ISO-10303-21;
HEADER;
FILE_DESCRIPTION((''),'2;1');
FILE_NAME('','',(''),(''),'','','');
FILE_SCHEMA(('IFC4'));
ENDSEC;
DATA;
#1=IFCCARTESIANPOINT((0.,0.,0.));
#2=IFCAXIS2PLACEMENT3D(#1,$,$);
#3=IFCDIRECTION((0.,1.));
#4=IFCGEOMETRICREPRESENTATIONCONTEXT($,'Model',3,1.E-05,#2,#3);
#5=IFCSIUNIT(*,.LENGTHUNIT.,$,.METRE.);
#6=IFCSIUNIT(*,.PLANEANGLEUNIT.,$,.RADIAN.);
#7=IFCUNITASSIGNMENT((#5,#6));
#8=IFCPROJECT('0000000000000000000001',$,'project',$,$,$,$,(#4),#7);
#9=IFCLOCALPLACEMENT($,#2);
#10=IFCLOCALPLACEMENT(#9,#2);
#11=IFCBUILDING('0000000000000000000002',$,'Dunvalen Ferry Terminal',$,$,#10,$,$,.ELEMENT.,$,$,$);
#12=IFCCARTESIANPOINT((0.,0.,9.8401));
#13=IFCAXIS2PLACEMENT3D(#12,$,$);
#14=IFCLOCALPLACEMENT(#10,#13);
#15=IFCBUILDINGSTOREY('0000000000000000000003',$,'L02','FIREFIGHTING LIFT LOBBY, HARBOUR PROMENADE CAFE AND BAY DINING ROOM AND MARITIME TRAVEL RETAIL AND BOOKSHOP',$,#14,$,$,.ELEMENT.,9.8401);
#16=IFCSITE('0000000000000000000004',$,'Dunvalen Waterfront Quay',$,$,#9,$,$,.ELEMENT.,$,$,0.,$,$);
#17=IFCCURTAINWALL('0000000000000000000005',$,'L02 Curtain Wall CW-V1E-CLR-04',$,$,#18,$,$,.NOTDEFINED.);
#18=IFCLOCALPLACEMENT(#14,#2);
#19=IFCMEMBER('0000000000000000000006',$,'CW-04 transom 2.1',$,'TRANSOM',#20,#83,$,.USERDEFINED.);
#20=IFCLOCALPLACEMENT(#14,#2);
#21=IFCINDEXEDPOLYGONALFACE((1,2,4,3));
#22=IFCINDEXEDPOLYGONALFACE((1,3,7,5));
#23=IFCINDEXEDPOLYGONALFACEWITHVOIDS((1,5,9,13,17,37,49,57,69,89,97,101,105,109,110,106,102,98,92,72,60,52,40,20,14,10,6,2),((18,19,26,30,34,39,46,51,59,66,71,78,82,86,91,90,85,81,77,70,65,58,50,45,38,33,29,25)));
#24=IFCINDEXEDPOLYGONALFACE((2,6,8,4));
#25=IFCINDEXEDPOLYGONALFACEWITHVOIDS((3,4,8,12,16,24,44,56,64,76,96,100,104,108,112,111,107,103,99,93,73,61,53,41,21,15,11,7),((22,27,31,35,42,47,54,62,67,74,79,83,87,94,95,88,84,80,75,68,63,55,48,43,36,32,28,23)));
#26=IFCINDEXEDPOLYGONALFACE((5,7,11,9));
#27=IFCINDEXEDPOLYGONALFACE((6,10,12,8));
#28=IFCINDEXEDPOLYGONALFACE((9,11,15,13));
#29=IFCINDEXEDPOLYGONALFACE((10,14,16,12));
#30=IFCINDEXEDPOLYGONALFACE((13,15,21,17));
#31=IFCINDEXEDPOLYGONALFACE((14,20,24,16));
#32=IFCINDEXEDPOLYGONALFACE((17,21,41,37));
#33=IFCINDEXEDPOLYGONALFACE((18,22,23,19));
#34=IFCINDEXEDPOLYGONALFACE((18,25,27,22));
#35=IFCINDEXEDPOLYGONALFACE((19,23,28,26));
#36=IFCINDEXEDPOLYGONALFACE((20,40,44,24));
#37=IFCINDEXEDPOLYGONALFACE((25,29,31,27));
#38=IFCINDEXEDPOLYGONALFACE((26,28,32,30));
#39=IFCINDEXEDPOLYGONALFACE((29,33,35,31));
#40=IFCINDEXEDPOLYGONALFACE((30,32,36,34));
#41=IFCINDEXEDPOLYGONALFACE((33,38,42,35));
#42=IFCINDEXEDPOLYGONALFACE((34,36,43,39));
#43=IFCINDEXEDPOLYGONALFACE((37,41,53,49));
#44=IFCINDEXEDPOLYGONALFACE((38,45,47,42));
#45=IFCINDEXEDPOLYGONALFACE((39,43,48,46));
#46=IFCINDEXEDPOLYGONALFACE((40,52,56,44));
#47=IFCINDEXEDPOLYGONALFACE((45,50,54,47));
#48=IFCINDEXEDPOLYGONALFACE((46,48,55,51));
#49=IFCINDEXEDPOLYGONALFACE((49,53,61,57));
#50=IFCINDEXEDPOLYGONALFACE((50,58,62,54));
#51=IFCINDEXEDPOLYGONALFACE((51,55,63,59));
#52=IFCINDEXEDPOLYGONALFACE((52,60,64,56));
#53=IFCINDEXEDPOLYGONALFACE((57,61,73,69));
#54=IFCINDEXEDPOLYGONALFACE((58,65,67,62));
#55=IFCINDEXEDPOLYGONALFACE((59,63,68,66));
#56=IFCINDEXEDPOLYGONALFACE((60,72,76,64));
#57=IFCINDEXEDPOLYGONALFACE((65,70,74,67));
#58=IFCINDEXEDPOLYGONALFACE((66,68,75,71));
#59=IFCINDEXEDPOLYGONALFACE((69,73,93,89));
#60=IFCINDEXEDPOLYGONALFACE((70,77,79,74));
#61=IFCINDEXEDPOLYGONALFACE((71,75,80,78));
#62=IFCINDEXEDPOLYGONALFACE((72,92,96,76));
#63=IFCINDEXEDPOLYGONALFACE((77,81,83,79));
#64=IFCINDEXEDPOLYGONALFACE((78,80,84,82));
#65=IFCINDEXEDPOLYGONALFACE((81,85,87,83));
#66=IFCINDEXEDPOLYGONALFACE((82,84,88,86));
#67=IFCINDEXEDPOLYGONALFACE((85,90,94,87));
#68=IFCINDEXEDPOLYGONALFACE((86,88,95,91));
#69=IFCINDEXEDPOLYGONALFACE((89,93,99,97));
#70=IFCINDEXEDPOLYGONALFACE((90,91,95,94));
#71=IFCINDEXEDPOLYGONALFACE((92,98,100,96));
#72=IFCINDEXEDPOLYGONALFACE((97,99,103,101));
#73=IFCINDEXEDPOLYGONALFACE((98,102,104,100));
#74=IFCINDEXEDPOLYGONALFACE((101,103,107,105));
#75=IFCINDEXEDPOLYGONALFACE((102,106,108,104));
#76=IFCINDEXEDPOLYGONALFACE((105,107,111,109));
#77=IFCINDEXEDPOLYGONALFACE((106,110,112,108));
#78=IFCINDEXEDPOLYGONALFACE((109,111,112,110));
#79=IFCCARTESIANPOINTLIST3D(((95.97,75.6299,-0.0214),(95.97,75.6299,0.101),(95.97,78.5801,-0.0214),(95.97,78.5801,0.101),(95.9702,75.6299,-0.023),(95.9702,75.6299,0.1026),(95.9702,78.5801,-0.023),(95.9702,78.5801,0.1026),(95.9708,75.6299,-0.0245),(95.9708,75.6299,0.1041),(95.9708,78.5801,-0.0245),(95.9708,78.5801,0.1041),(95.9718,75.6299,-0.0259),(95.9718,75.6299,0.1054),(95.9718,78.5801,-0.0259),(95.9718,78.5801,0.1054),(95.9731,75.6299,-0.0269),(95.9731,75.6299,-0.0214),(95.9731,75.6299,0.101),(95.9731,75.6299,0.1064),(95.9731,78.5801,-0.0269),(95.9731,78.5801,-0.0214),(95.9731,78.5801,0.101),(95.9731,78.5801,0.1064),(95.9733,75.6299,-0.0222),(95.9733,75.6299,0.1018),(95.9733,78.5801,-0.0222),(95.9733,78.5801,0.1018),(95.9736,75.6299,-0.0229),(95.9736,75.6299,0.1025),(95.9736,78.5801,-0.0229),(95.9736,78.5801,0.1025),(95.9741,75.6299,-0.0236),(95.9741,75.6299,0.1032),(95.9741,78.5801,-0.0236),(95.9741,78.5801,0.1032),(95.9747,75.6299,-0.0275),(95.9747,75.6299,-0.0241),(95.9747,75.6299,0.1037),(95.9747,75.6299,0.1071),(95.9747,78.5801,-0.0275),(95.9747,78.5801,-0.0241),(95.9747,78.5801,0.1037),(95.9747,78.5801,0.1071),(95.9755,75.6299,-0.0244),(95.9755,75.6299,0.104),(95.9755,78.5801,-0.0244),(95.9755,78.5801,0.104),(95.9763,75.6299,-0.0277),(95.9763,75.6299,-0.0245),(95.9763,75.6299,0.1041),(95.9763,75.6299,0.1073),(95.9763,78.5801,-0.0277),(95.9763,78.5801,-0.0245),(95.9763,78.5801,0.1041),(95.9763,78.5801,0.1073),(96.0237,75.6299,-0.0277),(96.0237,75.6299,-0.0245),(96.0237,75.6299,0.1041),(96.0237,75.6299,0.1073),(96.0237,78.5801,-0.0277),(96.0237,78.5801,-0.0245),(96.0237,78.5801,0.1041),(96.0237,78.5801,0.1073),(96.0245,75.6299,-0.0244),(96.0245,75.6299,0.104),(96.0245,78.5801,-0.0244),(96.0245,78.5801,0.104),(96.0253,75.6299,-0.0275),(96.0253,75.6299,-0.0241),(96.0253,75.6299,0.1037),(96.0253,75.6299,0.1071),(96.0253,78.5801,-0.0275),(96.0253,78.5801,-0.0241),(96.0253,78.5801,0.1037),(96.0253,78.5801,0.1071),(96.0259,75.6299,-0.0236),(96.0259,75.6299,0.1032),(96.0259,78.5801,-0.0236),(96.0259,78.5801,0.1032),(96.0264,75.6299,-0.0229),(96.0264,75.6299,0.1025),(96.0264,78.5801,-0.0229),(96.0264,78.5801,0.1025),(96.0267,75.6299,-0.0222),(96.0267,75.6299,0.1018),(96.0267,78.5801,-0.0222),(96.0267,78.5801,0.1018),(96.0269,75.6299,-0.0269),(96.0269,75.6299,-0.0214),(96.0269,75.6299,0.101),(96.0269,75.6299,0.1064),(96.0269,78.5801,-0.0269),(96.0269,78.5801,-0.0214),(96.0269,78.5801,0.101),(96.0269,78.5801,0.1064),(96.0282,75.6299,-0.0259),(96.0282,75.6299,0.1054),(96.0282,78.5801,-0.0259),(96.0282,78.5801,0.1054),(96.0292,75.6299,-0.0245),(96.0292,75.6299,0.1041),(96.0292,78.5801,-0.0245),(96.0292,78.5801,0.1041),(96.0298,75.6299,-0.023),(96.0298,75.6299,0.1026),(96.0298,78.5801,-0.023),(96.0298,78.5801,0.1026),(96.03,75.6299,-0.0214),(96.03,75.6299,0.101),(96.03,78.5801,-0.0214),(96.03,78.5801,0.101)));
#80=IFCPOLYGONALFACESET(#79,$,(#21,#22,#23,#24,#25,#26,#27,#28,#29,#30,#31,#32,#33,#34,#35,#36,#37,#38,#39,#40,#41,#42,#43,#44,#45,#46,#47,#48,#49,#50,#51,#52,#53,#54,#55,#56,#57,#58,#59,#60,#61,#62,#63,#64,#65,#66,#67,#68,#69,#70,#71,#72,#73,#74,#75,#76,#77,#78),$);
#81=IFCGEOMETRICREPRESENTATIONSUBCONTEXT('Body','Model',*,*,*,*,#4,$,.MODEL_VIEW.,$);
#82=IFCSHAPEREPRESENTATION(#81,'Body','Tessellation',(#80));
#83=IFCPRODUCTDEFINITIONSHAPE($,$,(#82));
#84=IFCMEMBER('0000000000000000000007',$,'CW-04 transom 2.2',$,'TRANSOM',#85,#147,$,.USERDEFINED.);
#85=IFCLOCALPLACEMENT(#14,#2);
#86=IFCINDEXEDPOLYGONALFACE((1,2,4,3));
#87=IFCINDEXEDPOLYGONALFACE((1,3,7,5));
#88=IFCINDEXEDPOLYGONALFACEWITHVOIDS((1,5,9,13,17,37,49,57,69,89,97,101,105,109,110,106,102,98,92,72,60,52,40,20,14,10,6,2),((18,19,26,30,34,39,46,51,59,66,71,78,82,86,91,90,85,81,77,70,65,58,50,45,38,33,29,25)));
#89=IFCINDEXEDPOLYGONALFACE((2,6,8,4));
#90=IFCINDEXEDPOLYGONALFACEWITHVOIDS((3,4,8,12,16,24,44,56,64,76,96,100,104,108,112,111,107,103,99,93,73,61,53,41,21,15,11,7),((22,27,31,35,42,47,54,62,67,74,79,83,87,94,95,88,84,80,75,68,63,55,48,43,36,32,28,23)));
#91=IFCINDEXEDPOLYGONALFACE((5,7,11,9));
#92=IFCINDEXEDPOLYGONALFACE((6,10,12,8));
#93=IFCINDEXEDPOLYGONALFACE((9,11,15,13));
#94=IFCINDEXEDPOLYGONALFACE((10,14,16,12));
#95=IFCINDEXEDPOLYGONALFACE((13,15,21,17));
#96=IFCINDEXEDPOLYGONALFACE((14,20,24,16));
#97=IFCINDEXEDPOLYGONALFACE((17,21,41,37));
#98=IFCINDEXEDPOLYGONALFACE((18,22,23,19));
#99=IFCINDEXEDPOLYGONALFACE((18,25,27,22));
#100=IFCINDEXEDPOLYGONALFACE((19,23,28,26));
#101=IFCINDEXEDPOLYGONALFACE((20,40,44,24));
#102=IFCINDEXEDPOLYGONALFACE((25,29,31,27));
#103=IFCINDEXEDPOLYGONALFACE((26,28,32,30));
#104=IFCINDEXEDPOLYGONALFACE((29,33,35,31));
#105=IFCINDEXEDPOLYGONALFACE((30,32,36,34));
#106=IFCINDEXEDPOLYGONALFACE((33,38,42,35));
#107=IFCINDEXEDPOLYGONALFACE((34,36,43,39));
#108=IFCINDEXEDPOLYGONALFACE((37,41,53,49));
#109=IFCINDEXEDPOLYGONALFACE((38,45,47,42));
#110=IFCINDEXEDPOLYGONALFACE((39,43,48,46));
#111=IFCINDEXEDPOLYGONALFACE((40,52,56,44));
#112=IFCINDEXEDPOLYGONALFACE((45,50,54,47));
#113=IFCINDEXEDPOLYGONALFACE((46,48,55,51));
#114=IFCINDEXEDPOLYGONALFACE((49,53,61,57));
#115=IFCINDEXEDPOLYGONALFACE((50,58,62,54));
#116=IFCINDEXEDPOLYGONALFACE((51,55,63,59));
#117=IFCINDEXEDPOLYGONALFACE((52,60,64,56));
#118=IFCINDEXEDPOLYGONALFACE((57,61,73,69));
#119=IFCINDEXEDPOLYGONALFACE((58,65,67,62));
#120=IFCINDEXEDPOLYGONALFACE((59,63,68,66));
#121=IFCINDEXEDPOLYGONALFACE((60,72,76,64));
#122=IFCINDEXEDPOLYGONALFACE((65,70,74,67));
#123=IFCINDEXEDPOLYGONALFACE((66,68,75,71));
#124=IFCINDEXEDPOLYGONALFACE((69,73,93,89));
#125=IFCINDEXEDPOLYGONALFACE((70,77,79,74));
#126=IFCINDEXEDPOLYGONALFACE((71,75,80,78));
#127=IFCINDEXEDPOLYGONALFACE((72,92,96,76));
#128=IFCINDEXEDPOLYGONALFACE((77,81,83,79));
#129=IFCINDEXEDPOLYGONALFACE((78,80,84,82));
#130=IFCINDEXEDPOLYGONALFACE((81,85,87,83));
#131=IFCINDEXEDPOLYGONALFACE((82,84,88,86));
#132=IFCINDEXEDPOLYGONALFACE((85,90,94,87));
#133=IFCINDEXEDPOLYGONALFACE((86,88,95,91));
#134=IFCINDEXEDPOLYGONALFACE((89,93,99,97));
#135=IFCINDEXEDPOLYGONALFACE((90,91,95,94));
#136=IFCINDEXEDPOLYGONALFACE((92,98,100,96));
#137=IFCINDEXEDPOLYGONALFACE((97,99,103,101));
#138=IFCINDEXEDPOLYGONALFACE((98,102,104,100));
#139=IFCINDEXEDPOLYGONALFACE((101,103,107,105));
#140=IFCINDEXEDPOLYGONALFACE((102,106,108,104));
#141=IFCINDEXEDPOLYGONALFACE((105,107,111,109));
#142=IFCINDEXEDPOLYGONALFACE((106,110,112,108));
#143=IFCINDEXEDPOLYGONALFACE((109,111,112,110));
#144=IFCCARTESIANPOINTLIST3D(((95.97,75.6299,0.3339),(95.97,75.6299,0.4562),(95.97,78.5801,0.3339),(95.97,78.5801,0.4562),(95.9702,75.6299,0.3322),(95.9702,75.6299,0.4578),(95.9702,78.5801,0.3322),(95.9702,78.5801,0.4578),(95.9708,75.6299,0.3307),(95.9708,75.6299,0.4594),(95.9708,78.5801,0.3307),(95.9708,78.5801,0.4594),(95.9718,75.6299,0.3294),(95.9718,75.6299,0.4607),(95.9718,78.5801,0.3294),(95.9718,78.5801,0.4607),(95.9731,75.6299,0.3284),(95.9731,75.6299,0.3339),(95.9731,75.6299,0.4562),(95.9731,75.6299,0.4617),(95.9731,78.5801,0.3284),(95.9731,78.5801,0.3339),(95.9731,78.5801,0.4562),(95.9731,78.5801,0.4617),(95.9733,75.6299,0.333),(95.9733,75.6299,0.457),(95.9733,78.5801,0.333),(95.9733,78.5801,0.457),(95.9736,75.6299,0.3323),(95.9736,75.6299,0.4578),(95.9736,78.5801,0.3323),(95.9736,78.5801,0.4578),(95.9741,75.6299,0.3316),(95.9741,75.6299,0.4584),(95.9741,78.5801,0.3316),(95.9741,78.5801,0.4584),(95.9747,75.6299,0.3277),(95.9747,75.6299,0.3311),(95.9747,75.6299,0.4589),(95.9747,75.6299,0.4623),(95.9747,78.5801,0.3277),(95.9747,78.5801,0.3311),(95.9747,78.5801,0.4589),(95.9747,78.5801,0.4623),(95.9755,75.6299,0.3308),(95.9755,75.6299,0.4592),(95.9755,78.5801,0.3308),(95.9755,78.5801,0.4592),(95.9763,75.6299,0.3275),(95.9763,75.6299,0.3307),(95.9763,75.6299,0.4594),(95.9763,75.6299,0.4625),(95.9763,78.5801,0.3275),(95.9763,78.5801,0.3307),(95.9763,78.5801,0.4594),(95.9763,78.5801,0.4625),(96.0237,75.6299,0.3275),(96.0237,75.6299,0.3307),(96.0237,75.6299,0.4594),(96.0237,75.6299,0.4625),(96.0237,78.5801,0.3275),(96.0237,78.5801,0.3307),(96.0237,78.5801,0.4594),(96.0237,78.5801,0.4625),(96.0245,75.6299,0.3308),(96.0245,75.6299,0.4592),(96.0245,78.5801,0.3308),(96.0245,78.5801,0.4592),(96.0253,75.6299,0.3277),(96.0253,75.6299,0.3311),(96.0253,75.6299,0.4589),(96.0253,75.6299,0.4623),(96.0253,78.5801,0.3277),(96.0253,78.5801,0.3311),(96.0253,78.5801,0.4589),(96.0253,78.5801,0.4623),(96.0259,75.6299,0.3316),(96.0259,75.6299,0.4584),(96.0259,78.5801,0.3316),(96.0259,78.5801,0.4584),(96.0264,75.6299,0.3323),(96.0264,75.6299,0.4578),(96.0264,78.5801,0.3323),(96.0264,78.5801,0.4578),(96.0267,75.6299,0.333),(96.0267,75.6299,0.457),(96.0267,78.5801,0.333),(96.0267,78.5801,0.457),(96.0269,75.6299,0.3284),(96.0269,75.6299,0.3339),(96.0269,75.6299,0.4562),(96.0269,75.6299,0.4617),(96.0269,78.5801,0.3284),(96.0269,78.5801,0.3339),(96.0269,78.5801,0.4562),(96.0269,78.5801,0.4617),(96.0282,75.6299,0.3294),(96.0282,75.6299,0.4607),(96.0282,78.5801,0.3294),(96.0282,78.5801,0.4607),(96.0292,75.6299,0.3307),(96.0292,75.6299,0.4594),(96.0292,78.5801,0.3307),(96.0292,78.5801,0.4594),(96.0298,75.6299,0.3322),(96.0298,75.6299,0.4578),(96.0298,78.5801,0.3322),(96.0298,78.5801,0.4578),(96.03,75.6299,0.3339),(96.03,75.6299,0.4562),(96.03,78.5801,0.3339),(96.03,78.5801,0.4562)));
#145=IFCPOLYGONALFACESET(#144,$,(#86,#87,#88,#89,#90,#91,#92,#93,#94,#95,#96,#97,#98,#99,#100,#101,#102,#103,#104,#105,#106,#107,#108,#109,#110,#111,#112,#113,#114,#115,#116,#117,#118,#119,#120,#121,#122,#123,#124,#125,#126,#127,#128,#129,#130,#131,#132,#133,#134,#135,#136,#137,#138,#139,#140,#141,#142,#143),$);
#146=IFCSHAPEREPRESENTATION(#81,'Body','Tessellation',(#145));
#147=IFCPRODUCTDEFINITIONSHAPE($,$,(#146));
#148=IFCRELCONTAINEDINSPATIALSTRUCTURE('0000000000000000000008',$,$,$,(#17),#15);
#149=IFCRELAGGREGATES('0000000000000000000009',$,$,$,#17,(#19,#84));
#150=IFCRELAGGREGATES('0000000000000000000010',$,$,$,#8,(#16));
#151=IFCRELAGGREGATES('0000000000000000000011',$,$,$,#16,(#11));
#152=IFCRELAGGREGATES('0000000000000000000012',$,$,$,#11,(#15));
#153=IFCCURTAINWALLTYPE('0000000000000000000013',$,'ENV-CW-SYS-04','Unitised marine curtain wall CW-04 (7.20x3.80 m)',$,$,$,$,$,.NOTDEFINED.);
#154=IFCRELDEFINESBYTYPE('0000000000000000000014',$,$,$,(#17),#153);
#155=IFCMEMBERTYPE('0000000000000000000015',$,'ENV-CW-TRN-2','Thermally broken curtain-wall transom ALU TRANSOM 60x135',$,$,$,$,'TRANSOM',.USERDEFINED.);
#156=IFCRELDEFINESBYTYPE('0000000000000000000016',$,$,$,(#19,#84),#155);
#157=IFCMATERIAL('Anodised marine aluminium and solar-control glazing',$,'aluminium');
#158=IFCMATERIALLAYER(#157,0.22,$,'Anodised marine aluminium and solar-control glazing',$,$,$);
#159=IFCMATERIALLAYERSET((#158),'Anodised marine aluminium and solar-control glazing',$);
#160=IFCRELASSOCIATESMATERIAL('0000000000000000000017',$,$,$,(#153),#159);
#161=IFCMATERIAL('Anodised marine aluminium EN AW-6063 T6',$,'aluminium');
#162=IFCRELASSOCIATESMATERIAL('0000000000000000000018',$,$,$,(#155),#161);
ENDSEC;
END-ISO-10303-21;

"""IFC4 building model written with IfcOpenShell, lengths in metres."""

from ifc_helpers import new_model, si_unit, direction, frame, origin, origin_2d, place, context, subcontext, project, spatial, hollow_rectangle, extrude, material, layer, layer_set, material_profile, profile_set, type_object, element, aggregate, save


model = new_model("IFC4")

# Units and contexts
model_context = context("Model", 3, precision=1e-05, world=origin(), true_north=direction((0.0, 1.0)))
body_context = subcontext(model_context, "Body", "Model", "MODEL_VIEW")
ifc_project = project(units=[si_unit("LENGTHUNIT", "METRE"), si_unit("PLANEANGLEUNIT", "RADIAN")], contexts=[model_context])

# Site, building, storey
site_placement = place(None, origin())
site = spatial("IfcSite", under=ifc_project, at=site_placement, Name="Dunvalen Waterfront Quay", CompositionType="ELEMENT", RefElevation=0.0)
building_placement = place(site_placement, origin())
building = spatial("IfcBuilding", under=site, at=building_placement, Name="Dunvalen Ferry Terminal", CompositionType="ELEMENT")
storey_placement = place(building_placement, frame((0.0, 0.0, 9.8401)))
storey = spatial("IfcBuildingStorey", under=building, at=storey_placement, Name="L02", Description="FIREFIGHTING LIFT LOBBY, HARBOUR PROMENADE CAFE AND BAY DINING ROOM AND MARITIME TRAVEL RETAIL AND BOOKSHOP", CompositionType="ELEMENT", Elevation=9.8401)

# Curtain wall, members
ifc_material_1 = material(Name="Anodised marine aluminium and solar-control glazing", Category="aluminium")
ifc_layer_1 = layer(ifc_material_1, 0.22, Name="Anodised marine aluminium and solar-control glazing")
ifc_layer_set_1 = layer_set([ifc_layer_1], Name="Anodised marine aluminium and solar-control glazing")
curtain_wall_type = type_object("IfcCurtainWallType", Name="ENV-CW-SYS-04", Description="Unitised marine curtain wall CW-04 (7.20x3.80 m)", PredefinedType="NOTDEFINED", material=ifc_layer_set_1)
curtain_wall_placement = place(storey_placement, origin())
curtain_wall = element("IfcCurtainWall", 1, at=curtain_wall_placement, inside=storey, type_object=curtain_wall_type, Name="L02 Curtain Wall CW-V1E-CLR-04", PredefinedType="NOTDEFINED")
ifc_material_2 = material(Name="Anodised marine aluminium EN AW-6063 T6", Category="aluminium")
ifc_material_profile_1 = material_profile(ifc_material_2, hollow_rectangle(XDim=0.0601, YDim=0.135, WallThickness=0.0032, InnerFilletRadius=0.0032, OuterFilletRadius=0.0063, at=origin_2d()), Name="Anodised marine aluminium EN AW-6063 T6")
ifc_profile_set_1 = profile_set([ifc_material_profile_1], Name="Anodised marine aluminium EN AW-6063 T6")
member_type_1 = type_object("IfcMemberType", Name="ENV-CW-TRN-2", Description="Thermally broken curtain-wall transom ALU TRANSOM 60x135", ElementType="TRANSOM", PredefinedType="USERDEFINED", material=ifc_profile_set_1)
member_1_placement = place(storey_placement, frame((96.0, 75.6299, 0.0398), z_axis=(0.0, 1.0, 0.0), x_axis=(-1.0, 0.0, 0.0)))
member_1 = element("IfcMember", 2, at=member_1_placement, type_object=member_type_1, Name="CW-04 transom 2.1", ObjectType="TRANSOM", PredefinedType="USERDEFINED", context=body_context, shape_type="SweptSolid", body=[
    extrude(hollow_rectangle(XDim=0.0601, YDim=0.135, WallThickness=0.0032, InnerFilletRadius=0.0032, OuterFilletRadius=0.0063, at=origin_2d()), origin(), (0.0, 0.0, 1.0), 2.9502),
])
member_2_placement = place(storey_placement, frame((96.0, 75.6299, 0.395), z_axis=(0.0, 1.0, 0.0), x_axis=(-1.0, 0.0, 0.0)))
member_2 = element("IfcMember", 3, at=member_2_placement, type_object=member_type_1, Name="CW-04 transom 2.2", ObjectType="TRANSOM", PredefinedType="USERDEFINED", context=body_context, shape_type="SweptSolid", body=[
    extrude(hollow_rectangle(XDim=0.0601, YDim=0.135, WallThickness=0.0032, InnerFilletRadius=0.0032, OuterFilletRadius=0.0063, at=origin_2d()), origin(), (0.0, 0.0, 1.0), 2.9502),
])

aggregate(curtain_wall, [member_1, member_2])

save(model, "model.ifc")
